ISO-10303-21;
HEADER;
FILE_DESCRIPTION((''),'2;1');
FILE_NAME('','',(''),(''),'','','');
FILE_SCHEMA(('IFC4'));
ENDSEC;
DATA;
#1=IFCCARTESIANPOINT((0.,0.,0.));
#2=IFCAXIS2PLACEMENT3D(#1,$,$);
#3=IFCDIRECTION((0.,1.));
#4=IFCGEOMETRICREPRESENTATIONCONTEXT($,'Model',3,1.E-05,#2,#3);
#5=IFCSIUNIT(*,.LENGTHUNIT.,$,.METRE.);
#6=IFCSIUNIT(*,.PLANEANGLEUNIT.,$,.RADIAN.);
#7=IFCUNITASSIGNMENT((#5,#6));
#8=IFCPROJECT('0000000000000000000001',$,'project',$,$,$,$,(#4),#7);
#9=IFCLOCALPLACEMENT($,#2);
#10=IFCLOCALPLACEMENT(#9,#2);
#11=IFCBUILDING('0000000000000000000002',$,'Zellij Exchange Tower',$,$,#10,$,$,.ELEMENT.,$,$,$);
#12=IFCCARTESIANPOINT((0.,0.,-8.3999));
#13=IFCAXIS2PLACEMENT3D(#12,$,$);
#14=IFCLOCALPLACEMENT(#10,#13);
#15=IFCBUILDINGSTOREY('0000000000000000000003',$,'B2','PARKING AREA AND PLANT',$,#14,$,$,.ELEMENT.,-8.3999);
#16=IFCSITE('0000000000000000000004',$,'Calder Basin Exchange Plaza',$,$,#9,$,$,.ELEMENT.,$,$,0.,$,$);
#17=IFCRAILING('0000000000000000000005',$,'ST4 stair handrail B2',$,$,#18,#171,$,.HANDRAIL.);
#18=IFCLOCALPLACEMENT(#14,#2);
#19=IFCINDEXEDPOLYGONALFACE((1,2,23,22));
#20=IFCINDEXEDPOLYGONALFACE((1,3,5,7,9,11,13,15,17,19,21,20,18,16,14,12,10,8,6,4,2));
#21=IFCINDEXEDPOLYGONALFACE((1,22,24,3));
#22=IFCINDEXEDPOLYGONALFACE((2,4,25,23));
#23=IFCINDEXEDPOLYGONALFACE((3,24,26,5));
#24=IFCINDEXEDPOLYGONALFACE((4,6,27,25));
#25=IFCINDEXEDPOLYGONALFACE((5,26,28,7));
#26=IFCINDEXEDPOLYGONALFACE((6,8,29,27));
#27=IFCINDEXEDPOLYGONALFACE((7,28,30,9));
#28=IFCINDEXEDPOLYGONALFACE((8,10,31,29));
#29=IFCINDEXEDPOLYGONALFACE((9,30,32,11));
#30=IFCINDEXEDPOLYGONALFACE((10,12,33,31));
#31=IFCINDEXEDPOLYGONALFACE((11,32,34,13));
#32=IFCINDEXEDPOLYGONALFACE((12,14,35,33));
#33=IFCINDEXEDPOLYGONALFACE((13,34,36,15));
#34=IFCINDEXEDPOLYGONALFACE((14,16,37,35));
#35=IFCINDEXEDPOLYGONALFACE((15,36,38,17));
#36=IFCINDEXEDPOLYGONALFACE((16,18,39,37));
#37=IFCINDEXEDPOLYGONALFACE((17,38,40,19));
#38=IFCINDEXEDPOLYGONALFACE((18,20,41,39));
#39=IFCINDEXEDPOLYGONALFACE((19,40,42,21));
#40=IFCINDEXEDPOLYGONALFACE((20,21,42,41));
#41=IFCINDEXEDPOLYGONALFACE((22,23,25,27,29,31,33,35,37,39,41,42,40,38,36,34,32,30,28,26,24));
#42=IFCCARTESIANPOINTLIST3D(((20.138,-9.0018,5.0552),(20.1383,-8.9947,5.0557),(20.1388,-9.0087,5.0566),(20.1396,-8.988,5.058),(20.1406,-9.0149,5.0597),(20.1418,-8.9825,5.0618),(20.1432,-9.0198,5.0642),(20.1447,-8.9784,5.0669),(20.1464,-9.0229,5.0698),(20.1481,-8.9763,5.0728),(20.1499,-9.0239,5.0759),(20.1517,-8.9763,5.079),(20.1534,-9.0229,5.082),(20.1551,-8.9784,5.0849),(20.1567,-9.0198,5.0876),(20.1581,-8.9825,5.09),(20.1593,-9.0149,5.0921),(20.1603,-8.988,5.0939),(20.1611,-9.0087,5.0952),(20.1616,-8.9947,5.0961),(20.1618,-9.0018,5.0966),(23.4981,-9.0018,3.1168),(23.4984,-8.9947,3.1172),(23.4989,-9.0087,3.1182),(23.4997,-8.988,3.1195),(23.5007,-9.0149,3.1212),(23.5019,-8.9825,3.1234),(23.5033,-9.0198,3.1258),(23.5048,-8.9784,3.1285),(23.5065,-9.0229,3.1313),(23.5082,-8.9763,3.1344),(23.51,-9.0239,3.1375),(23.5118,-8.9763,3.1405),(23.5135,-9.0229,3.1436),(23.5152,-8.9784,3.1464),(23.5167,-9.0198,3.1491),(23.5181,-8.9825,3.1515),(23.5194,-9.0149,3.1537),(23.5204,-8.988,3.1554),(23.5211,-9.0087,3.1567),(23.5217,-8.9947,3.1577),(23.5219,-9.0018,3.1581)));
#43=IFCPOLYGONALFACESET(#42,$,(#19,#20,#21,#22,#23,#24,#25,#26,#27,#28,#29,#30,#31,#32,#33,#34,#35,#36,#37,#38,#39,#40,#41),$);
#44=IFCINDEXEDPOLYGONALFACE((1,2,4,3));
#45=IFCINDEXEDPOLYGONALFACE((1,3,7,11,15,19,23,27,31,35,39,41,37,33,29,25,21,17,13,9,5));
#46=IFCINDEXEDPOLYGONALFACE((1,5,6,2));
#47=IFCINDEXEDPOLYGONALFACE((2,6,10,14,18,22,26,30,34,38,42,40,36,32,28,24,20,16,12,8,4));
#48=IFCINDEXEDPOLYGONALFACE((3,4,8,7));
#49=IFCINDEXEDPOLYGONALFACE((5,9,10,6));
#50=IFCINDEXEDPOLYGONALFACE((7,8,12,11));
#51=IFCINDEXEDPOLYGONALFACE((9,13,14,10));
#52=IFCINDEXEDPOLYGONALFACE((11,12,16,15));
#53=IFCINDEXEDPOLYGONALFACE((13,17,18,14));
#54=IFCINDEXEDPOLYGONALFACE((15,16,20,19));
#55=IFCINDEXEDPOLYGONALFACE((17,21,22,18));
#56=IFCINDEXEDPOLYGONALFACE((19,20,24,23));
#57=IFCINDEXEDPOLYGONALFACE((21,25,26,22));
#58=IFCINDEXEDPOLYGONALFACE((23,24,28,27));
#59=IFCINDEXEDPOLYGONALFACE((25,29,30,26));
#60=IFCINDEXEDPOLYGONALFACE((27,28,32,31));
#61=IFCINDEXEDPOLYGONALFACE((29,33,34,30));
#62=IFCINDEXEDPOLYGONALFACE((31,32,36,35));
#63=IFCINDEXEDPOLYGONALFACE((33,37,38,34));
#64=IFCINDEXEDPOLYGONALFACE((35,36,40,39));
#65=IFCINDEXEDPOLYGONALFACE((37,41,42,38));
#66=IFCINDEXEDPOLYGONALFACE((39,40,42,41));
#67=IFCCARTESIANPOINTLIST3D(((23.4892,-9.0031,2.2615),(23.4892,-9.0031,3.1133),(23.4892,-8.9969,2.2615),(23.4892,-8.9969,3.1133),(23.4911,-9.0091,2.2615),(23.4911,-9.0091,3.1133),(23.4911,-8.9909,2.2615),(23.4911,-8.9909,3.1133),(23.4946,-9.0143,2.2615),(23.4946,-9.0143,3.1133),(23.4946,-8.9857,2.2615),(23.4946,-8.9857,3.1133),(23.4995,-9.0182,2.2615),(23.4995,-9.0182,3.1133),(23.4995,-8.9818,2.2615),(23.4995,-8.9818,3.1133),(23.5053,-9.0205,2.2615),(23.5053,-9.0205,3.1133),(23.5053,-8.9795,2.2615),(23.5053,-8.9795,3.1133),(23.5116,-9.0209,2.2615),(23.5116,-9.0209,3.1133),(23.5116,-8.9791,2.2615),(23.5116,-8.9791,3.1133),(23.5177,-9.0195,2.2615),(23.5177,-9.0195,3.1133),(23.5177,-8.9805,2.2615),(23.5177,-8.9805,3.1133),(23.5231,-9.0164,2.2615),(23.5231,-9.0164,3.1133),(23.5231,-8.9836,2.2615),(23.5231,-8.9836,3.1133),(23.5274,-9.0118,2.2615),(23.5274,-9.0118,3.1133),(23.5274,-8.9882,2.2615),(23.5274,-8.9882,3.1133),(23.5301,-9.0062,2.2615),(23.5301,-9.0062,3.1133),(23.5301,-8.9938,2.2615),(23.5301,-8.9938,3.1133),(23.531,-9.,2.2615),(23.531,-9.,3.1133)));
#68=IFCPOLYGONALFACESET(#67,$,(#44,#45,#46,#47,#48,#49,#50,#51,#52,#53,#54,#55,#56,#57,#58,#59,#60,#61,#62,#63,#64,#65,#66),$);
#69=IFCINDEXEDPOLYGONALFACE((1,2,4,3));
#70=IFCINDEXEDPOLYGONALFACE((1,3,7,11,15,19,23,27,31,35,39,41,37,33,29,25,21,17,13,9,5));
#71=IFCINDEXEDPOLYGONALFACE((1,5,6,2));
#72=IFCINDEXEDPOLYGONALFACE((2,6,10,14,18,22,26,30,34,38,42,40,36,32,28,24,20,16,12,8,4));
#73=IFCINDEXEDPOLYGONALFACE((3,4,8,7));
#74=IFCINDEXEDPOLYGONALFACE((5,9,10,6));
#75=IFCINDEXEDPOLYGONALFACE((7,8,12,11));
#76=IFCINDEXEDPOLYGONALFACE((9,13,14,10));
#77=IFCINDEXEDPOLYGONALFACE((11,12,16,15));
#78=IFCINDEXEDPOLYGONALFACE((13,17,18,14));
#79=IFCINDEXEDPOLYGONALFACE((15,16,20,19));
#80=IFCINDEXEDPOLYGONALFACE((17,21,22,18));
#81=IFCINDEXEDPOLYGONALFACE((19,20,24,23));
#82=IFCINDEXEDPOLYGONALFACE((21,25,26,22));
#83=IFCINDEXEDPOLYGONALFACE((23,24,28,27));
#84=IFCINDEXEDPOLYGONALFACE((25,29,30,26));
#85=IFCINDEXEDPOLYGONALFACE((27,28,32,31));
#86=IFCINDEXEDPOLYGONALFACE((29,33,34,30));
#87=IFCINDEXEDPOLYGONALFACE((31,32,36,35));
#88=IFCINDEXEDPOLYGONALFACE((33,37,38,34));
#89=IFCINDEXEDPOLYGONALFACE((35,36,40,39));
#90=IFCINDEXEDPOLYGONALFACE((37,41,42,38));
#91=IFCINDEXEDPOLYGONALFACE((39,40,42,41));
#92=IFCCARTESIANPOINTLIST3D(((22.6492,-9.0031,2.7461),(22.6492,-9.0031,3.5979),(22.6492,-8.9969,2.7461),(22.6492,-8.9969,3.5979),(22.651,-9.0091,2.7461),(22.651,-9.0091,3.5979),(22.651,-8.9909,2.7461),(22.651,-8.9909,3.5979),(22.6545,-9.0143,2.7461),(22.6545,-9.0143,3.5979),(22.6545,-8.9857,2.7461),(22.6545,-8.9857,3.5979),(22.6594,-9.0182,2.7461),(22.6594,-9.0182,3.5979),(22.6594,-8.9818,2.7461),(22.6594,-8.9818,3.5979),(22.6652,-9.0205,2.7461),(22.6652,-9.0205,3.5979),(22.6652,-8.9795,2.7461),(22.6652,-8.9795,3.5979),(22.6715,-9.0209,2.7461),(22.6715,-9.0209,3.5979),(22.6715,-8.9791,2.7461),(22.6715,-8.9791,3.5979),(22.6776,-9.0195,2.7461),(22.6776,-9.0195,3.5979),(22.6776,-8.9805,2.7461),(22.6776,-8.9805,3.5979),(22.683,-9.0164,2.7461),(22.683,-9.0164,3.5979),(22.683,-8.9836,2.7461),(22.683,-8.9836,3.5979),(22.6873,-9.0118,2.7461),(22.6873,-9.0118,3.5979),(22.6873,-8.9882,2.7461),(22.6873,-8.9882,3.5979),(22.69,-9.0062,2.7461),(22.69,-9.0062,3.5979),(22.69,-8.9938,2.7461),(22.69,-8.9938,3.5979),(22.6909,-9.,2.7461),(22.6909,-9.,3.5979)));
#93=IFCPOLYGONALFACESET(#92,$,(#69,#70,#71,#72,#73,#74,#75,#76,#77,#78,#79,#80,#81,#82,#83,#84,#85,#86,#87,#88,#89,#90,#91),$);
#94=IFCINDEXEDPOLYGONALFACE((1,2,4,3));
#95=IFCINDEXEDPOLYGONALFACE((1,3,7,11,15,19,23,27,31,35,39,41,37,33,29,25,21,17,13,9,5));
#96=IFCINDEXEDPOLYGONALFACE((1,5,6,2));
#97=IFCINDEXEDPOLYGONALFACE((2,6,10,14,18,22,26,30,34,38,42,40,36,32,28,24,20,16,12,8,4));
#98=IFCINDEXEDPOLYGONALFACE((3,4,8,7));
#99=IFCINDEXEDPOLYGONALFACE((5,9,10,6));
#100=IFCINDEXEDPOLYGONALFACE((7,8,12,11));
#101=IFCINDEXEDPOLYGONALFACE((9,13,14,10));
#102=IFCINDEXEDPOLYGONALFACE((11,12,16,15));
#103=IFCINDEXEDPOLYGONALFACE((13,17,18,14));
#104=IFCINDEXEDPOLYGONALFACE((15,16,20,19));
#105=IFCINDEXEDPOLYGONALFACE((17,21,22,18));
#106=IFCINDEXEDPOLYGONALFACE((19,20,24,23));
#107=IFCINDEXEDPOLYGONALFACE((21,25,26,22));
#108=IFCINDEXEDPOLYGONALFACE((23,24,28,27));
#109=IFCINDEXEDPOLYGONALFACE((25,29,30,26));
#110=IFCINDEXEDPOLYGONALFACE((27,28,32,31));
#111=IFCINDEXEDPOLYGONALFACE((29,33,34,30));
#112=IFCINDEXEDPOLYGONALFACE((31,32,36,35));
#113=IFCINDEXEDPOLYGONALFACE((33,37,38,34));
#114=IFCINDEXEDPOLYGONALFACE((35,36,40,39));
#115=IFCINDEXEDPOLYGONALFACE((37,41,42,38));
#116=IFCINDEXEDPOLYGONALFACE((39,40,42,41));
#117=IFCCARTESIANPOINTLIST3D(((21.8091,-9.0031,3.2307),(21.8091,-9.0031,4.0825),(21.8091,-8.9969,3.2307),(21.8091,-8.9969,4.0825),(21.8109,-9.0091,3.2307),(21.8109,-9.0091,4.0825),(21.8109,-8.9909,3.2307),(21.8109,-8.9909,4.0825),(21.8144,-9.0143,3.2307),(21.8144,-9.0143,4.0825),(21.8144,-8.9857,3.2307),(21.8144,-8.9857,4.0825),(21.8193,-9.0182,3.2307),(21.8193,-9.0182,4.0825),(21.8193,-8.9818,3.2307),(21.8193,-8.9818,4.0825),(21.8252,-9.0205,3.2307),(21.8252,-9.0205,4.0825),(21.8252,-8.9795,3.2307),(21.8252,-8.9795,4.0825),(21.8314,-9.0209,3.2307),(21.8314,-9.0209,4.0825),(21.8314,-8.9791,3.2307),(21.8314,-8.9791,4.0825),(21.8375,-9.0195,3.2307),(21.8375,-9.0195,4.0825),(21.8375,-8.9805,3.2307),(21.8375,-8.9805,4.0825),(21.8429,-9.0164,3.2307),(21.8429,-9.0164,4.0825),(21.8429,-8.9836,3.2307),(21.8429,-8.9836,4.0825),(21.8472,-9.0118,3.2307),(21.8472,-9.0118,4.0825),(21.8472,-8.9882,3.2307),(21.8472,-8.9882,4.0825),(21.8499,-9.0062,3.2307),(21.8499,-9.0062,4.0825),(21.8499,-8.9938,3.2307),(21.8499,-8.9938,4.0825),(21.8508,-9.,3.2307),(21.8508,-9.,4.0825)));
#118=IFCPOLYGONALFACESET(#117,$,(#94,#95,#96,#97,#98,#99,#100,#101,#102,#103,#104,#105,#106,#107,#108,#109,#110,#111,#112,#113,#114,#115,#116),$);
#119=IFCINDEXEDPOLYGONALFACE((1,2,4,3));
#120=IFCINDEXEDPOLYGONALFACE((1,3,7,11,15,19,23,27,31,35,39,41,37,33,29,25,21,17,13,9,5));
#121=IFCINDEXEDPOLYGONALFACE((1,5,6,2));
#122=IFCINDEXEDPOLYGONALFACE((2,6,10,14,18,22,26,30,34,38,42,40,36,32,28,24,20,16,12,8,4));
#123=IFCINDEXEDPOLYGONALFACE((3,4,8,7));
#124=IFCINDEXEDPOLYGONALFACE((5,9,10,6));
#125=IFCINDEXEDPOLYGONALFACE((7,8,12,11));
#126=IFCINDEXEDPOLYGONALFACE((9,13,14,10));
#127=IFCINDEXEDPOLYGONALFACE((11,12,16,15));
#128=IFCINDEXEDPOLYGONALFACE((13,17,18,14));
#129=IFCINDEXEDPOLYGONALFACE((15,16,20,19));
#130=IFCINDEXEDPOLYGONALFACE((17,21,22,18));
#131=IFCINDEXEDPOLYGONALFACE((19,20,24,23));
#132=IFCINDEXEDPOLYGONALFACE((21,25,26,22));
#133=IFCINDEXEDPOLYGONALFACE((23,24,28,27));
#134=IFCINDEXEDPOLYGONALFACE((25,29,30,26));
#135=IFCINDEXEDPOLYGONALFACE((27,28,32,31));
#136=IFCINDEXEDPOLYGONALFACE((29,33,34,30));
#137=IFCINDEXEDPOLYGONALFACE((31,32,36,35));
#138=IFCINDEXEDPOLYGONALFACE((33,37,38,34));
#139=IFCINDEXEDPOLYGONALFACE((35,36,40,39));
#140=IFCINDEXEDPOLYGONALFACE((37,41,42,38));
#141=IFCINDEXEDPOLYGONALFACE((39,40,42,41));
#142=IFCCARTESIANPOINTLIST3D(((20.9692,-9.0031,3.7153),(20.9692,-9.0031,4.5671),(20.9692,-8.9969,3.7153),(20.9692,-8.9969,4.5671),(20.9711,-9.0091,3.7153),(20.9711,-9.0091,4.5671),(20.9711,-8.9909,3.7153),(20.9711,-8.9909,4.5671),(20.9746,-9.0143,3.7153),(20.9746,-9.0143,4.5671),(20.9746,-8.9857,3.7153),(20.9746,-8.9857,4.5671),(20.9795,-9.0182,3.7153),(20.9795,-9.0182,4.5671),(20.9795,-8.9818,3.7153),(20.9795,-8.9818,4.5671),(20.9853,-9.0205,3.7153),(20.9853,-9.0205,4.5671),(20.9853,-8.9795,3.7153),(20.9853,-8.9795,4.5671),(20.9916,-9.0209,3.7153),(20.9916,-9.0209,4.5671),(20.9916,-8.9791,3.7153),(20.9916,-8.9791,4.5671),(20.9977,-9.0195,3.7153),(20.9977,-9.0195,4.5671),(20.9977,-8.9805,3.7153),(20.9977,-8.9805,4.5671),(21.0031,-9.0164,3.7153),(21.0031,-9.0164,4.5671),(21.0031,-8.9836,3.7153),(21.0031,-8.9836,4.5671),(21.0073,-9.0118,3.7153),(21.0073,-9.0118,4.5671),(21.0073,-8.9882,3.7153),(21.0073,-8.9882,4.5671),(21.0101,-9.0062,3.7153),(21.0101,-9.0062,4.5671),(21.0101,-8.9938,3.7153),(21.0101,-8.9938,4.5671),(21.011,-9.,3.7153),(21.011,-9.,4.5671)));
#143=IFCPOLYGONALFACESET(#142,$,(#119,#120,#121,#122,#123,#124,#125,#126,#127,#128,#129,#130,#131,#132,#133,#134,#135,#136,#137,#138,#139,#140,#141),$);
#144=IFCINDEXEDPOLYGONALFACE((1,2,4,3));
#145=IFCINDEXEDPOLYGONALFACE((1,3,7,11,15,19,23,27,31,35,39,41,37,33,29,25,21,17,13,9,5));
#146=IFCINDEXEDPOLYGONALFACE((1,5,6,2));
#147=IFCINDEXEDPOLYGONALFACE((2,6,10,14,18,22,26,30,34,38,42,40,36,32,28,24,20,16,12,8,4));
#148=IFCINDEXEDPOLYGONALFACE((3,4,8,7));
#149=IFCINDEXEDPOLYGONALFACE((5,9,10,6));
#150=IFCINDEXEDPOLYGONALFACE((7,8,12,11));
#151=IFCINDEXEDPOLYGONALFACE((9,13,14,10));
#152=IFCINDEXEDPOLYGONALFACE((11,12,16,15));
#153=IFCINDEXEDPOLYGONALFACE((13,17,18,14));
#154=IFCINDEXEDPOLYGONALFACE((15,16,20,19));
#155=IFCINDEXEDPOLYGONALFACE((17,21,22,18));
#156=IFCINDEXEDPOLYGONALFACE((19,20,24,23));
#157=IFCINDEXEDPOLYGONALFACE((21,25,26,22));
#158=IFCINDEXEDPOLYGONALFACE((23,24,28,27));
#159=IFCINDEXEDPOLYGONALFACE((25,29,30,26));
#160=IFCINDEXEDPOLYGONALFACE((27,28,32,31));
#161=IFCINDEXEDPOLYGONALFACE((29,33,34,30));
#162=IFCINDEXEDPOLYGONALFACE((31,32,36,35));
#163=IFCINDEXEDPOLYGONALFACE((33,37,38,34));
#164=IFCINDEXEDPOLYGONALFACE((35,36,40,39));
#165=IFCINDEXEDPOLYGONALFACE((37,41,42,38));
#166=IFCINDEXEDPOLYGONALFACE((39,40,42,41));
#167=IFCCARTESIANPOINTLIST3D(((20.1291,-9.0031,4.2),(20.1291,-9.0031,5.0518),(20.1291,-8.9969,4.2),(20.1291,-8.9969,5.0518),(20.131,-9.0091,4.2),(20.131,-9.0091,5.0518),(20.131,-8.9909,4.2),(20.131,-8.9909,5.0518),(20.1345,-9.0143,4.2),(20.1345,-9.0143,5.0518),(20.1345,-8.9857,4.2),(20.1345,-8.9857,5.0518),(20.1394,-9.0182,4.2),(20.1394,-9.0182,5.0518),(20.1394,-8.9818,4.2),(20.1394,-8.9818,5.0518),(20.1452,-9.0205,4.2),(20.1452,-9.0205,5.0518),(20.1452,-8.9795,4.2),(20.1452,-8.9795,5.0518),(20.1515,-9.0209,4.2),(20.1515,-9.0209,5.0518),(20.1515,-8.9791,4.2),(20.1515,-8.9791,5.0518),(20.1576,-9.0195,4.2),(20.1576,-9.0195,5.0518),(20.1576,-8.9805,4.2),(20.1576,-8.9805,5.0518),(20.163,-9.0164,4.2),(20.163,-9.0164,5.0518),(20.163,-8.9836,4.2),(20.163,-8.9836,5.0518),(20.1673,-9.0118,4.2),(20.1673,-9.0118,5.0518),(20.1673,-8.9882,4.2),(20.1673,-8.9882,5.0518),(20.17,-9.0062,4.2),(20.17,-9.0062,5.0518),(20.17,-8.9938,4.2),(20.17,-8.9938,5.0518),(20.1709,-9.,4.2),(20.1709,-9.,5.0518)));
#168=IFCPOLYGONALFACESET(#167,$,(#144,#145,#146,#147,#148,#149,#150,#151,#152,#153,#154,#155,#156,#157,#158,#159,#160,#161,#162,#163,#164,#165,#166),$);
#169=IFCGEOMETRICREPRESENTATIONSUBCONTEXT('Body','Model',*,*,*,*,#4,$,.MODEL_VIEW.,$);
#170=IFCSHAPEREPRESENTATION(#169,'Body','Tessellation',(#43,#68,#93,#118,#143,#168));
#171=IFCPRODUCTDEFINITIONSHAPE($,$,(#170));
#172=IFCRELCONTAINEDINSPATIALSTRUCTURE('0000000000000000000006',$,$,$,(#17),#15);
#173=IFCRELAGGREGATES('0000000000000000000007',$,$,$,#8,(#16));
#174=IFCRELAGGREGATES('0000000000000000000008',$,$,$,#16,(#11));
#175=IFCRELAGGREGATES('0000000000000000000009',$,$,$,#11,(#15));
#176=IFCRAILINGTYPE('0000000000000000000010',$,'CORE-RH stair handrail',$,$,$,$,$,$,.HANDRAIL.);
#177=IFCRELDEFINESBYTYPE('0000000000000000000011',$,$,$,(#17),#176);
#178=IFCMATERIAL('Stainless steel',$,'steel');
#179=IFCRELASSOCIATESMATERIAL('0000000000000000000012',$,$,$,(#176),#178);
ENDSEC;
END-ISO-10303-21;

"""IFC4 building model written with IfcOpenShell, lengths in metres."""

from ifc_helpers import new_model, si_unit, direction, frame, origin, origin_2d, place, context, subcontext, project, spatial, circle, extrude, material, type_object, element, save


model = new_model("IFC4")

# Units and contexts
model_context = context("Model", 3, precision=1e-05, world=origin(), true_north=direction((0.0, 1.0)))
body_context = subcontext(model_context, "Body", "Model", "MODEL_VIEW")
ifc_project = project(units=[si_unit("LENGTHUNIT", "METRE"), si_unit("PLANEANGLEUNIT", "RADIAN")], contexts=[model_context])

# Site, building, storey
site_placement = place(None, origin())
site = spatial("IfcSite", under=ifc_project, at=site_placement, Name="Calder Basin Exchange Plaza", CompositionType="ELEMENT", RefElevation=0.0)
building_placement = place(site_placement, origin())
building = spatial("IfcBuilding", under=site, at=building_placement, Name="Zellij Exchange Tower", CompositionType="ELEMENT")
storey_placement = place(building_placement, frame((0.0, 0.0, -8.3999)))
storey = spatial("IfcBuildingStorey", under=building, at=storey_placement, Name="B2", Description="PARKING AREA AND PLANT", CompositionType="ELEMENT", Elevation=-8.3999)

# Railing
ifc_material_1 = material(Name="Stainless steel", Category="steel")
railing_type_1 = type_object("IfcRailingType", Name="CORE-RH stair handrail", PredefinedType="HANDRAIL", material=ifc_material_1)
railing_1_placement = place(storey_placement, frame((23.51, -9.0, 2.2615)))
element("IfcRailing", 1, at=railing_1_placement, inside=storey, type_object=railing_type_1, Name="ST4 stair handrail B2", PredefinedType="HANDRAIL", context=body_context, shape_type="SweptSolid", body=[
    extrude(circle(Radius=0.0239, at=origin_2d()), frame((0.0, 0.0, 0.876), z_axis=(-0.866191, 0.0, 0.499713), x_axis=(0.0, -1.0, 0.0)), (0.0, 0.0, 1.0), 3.8792),
    extrude(circle(Radius=0.021, at=origin_2d()), origin(), (0.0, 0.0, 1.0), 0.8518),
    extrude(circle(Radius=0.021, at=origin_2d()), frame((-0.8401, 0.0, 0.4846)), (0.0, 0.0, 1.0), 0.8518),
    extrude(circle(Radius=0.021, at=origin_2d()), frame((-1.6802, 0.0, 0.9692)), (0.0, 0.0, 1.0), 0.8518),
    extrude(circle(Radius=0.021, at=origin_2d()), frame((-2.52, 0.0, 1.4539)), (0.0, 0.0, 1.0), 0.8518),
    extrude(circle(Radius=0.021, at=origin_2d()), frame((-3.3601, 0.0, 1.9385)), (0.0, 0.0, 1.0), 0.8518),
])

save(model, "model.ifc")
